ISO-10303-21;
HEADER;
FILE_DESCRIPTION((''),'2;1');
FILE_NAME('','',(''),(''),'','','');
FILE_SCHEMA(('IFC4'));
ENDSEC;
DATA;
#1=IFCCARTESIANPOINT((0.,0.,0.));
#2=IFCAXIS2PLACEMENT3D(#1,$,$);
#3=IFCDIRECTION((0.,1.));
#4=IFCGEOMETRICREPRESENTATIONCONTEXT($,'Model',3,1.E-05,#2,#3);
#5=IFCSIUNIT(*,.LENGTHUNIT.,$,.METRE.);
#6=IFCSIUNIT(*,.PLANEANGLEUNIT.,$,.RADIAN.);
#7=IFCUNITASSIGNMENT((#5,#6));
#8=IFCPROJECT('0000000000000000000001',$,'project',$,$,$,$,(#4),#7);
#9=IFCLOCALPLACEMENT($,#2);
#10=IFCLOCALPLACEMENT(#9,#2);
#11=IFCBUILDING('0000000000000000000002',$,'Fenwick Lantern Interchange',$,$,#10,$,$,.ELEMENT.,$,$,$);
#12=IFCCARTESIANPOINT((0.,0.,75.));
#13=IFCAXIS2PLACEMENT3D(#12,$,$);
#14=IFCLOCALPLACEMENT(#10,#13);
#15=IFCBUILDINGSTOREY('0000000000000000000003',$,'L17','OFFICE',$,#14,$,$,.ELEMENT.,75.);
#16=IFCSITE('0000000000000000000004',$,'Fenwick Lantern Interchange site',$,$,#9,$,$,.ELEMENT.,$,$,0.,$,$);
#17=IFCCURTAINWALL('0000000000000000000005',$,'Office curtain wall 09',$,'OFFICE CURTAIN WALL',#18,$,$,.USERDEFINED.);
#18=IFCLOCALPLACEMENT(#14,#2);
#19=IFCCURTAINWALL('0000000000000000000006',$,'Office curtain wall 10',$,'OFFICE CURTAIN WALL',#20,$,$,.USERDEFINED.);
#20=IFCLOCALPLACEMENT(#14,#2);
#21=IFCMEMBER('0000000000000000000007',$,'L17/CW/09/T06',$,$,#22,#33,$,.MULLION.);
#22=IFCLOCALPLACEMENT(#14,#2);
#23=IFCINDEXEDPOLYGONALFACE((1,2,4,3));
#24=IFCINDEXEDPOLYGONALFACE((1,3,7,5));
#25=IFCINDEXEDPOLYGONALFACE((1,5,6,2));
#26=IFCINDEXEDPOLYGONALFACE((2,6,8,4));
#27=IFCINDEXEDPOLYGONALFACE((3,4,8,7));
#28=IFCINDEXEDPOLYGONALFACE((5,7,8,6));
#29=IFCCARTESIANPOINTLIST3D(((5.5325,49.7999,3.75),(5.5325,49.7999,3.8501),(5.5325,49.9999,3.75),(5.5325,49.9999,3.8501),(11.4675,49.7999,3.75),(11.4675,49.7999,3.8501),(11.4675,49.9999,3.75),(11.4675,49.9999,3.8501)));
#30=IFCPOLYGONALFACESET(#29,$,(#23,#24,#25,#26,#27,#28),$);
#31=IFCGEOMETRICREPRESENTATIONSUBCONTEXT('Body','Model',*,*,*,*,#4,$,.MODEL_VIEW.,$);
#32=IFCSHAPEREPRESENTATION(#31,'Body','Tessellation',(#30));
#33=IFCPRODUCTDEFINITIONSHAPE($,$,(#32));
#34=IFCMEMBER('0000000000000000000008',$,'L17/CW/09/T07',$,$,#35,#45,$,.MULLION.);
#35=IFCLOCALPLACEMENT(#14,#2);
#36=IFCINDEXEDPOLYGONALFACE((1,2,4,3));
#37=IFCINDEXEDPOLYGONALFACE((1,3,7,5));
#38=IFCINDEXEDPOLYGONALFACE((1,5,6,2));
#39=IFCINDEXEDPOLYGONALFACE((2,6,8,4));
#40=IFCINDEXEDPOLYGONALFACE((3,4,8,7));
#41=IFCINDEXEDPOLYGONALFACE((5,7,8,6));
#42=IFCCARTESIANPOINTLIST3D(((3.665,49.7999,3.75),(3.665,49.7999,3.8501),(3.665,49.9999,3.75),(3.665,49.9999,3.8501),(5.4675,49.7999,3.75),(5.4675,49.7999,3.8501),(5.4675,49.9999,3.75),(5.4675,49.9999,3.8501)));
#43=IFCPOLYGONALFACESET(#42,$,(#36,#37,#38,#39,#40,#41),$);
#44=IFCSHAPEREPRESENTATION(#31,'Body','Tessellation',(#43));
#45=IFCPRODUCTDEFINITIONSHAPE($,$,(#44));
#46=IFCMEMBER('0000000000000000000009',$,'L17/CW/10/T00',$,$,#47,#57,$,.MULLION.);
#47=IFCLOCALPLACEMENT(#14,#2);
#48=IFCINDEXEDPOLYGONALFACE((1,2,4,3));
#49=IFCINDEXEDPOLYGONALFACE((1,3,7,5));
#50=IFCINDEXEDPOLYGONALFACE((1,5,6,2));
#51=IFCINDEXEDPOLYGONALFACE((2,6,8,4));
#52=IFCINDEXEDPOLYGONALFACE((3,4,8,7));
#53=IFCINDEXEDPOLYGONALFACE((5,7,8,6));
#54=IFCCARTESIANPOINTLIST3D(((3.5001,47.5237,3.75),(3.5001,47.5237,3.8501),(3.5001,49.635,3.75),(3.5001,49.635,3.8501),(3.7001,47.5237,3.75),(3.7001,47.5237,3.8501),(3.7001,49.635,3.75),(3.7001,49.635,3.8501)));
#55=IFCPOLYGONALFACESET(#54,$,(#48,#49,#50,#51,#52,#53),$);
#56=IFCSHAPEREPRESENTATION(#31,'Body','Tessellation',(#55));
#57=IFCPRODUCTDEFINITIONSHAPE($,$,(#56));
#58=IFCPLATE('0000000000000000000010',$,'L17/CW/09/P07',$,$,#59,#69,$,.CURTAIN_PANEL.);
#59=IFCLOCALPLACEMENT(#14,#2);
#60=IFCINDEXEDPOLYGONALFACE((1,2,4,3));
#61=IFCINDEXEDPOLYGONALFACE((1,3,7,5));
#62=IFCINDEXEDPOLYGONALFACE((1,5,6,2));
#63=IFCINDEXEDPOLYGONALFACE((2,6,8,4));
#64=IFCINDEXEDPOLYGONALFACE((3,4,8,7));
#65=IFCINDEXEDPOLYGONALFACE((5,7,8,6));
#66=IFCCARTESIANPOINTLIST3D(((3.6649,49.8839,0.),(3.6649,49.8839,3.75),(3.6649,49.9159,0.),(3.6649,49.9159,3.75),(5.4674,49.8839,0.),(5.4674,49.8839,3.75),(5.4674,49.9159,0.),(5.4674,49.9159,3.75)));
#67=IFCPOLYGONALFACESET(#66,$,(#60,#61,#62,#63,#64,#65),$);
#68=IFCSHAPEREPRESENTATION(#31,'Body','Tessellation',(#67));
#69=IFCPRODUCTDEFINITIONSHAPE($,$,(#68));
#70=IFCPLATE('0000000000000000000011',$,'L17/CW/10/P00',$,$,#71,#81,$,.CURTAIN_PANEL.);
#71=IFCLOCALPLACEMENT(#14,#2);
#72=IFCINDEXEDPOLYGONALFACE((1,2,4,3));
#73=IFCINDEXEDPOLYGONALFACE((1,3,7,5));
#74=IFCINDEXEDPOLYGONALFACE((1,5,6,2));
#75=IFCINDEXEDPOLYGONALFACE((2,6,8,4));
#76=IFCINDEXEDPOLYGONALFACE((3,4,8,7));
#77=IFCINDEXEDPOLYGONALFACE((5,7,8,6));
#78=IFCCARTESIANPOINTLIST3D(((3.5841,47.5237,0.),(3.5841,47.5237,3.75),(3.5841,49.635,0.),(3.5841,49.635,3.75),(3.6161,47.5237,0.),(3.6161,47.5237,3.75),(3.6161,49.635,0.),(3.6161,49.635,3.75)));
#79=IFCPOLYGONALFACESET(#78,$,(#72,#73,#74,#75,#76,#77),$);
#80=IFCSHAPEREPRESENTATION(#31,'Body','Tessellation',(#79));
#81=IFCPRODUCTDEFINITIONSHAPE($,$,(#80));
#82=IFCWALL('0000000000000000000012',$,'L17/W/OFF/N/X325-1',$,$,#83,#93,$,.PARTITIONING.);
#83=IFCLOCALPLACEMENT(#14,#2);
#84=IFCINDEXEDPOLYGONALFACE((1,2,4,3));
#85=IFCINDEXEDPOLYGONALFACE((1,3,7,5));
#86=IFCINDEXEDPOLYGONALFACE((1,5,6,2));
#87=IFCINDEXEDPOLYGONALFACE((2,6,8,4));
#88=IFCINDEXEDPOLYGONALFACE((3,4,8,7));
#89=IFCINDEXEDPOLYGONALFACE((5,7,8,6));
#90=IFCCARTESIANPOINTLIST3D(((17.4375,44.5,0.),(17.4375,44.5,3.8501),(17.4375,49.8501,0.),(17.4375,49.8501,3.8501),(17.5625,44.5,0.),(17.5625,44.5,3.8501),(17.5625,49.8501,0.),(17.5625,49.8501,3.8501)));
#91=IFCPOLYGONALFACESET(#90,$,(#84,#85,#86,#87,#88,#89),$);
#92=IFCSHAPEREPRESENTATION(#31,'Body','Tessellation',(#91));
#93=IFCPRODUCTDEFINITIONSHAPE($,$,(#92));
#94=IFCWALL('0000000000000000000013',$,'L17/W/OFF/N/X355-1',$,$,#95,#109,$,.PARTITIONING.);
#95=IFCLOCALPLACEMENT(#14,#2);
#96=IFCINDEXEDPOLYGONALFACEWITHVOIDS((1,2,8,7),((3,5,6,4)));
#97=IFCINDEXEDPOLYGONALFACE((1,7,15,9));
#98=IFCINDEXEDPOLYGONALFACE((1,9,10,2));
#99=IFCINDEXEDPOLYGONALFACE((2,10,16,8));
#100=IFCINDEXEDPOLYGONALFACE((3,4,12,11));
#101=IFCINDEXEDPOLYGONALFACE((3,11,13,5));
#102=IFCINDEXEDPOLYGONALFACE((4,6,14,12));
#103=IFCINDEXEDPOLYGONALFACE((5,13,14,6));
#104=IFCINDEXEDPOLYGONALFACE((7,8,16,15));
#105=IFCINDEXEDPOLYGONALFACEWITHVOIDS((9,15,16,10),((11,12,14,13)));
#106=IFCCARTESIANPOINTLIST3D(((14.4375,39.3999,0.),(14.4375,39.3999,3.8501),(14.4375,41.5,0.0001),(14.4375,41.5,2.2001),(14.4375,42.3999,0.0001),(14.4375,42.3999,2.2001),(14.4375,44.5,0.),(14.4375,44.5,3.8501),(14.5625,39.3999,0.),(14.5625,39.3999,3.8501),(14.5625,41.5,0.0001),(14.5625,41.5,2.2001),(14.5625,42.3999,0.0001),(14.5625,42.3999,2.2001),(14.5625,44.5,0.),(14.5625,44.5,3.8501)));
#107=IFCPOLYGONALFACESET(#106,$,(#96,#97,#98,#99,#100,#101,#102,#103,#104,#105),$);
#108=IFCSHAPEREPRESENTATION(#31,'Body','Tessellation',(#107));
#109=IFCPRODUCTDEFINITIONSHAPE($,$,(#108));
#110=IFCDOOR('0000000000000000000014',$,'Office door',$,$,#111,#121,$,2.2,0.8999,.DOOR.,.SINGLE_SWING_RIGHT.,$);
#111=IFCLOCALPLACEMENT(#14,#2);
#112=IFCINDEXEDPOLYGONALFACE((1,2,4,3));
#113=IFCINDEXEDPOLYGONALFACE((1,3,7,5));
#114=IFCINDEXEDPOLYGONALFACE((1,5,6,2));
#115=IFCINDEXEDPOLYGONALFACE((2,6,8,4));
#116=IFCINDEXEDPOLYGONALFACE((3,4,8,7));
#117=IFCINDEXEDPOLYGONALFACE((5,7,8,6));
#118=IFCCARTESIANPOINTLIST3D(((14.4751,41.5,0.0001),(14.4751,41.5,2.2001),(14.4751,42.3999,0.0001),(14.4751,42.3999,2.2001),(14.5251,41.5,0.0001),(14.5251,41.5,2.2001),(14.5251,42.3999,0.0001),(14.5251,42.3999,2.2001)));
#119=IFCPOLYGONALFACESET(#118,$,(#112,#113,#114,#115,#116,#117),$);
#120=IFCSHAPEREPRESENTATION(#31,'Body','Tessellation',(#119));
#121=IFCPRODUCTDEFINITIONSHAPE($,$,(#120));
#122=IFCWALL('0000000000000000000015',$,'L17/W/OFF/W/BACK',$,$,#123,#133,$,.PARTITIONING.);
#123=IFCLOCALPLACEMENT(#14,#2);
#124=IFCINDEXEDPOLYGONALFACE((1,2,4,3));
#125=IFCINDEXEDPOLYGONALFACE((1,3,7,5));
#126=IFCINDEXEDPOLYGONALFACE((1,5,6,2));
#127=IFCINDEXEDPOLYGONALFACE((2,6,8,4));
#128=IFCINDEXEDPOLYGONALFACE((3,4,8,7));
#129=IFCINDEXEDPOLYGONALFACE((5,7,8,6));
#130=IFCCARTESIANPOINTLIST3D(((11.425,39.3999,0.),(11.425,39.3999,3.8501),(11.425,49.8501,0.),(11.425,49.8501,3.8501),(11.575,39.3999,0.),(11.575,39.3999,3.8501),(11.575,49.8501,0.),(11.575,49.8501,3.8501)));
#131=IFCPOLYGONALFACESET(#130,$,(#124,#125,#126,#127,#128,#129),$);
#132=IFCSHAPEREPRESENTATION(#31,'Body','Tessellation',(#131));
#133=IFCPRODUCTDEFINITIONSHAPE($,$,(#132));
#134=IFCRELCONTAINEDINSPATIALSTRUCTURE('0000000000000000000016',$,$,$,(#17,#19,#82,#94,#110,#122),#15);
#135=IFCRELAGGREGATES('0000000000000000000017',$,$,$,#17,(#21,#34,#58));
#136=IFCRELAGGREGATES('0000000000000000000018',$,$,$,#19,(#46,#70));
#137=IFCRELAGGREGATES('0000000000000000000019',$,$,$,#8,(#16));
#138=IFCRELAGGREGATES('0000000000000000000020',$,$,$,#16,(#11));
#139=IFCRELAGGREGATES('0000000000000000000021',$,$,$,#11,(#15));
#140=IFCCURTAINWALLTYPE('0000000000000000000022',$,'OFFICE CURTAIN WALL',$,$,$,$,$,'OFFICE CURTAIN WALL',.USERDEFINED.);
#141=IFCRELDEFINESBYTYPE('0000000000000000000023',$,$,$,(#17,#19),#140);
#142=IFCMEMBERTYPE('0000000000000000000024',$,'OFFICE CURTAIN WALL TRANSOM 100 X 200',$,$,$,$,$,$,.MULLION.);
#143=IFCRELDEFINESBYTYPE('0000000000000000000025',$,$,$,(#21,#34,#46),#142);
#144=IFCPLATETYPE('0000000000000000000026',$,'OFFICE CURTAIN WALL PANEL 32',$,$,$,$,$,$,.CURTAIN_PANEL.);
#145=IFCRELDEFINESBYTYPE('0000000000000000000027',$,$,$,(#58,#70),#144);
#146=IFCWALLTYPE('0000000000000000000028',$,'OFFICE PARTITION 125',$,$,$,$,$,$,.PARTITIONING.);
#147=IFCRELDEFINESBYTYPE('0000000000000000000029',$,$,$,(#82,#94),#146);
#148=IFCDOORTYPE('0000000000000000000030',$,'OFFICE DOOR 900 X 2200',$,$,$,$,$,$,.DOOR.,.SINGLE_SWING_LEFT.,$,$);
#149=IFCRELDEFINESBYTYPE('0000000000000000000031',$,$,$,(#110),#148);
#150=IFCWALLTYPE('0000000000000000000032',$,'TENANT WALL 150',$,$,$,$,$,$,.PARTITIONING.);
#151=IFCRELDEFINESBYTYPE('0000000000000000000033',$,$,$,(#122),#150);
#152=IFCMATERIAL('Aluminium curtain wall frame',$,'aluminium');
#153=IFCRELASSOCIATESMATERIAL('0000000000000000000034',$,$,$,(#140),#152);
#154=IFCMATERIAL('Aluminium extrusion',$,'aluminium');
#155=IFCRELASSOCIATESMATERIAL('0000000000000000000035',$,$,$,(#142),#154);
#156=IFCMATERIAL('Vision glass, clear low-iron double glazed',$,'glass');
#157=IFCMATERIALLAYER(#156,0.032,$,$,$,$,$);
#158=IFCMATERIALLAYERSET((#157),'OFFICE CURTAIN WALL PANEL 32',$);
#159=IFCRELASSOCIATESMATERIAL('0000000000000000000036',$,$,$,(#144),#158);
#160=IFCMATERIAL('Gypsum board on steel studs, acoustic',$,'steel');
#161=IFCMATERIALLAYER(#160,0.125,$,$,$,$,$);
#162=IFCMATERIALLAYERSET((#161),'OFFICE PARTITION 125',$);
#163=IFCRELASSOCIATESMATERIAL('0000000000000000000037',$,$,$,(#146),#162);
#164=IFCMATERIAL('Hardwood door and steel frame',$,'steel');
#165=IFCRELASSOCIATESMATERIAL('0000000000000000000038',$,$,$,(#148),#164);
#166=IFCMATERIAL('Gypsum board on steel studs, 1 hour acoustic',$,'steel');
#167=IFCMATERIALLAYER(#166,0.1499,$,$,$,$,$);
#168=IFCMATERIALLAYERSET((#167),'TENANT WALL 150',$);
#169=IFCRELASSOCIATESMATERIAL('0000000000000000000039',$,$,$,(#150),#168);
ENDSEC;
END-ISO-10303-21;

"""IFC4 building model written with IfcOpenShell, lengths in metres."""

from ifc_helpers import new_model, si_unit, direction, frame, frame_2d, origin, origin_2d, place, context, subcontext, project, spatial, rectangle, extrude, material, layer, layer_set, material_profile, profile_set, type_object, element, fill, aggregate, save


model = new_model("IFC4")

# Units and contexts
model_context = context("Model", 3, precision=1e-05, world=origin(), true_north=direction((0.0, 1.0)))
body_context = subcontext(model_context, "Body", "Model", "MODEL_VIEW")
ifc_project = project(units=[si_unit("LENGTHUNIT", "METRE"), si_unit("PLANEANGLEUNIT", "RADIAN")], contexts=[model_context])

# Site, building, storey
site_placement = place(None, origin())
site = spatial("IfcSite", under=ifc_project, at=site_placement, Name="Fenwick Lantern Interchange site", CompositionType="ELEMENT", RefElevation=0.0)
building_placement = place(site_placement, origin())
building = spatial("IfcBuilding", under=site, at=building_placement, Name="Fenwick Lantern Interchange", CompositionType="ELEMENT")
storey_placement = place(building_placement, frame((0.0, 0.0, 75.0)))
storey = spatial("IfcBuildingStorey", under=building, at=storey_placement, Name="L17", Description="OFFICE", CompositionType="ELEMENT", Elevation=75.0)

# Curtain wall
ifc_material_1 = material(Name="Aluminium curtain wall frame", Category="aluminium")
curtain_wall_type = type_object("IfcCurtainWallType", Name="OFFICE CURTAIN WALL", ElementType="OFFICE CURTAIN WALL", PredefinedType="USERDEFINED", material=ifc_material_1)
curtain_wall_1_placement = place(storey_placement, origin())
curtain_wall_1 = element("IfcCurtainWall", 1, at=curtain_wall_1_placement, inside=storey, type_object=curtain_wall_type, Name="Office curtain wall 09", ObjectType="OFFICE CURTAIN WALL", PredefinedType="USERDEFINED")
ifc_material_2 = material(Name="Aluminium extrusion", Category="aluminium")

# Curtain wall
curtain_wall_2_placement = place(storey_placement, origin())
curtain_wall_2 = element("IfcCurtainWall", 2, at=curtain_wall_2_placement, inside=storey, type_object=curtain_wall_type, Name="Office curtain wall 10", ObjectType="OFFICE CURTAIN WALL", PredefinedType="USERDEFINED")

# Members
ifc_material_profile_1 = material_profile(ifc_material_2, rectangle(XDim=0.2, YDim=0.1001, at=origin_2d()), Name="OFFICE CURTAIN WALL TRANSOM 100 X 200")
ifc_profile_set_1 = profile_set([ifc_material_profile_1], Name="Aluminium extrusion")
member_type_1 = type_object("IfcMemberType", Name="OFFICE CURTAIN WALL TRANSOM 100 X 200", PredefinedType="MULLION", material=ifc_profile_set_1)
member_1_placement = place(storey_placement, frame((11.4675, 49.8999, 3.8), z_axis=(-1.0, 0.0, 0.0), x_axis=(0.0, -1.0, 0.0)))
member_1 = element("IfcMember", 3, at=member_1_placement, type_object=member_type_1, Name="L17/CW/09/T06", PredefinedType="MULLION", context=body_context, shape_type="SweptSolid", body=[
    extrude(rectangle(XDim=0.2, YDim=0.1001, at=origin_2d()), origin(), (0.0, 0.0, 1.0), 5.9351),
])
member_2_placement = place(storey_placement, frame((5.4675, 49.8999, 3.8), z_axis=(-1.0, 0.0, 0.0), x_axis=(0.0, -1.0, 0.0)))
member_2 = element("IfcMember", 4, at=member_2_placement, type_object=member_type_1, Name="L17/CW/09/T07", PredefinedType="MULLION", context=body_context, shape_type="SweptSolid", body=[
    extrude(rectangle(XDim=0.2, YDim=0.1001, at=origin_2d()), origin(), (0.0, 0.0, 1.0), 1.8025),
])
member_3_placement = place(storey_placement, frame((3.6001, 49.635, 3.8), z_axis=(0.0, -1.0, 0.0), x_axis=(1.0, 0.0, 0.0)))
member_3 = element("IfcMember", 5, at=member_3_placement, type_object=member_type_1, Name="L17/CW/10/T00", PredefinedType="MULLION", context=body_context, shape_type="SweptSolid", body=[
    extrude(rectangle(XDim=0.2, YDim=0.1001, at=origin_2d()), origin(), (0.0, 0.0, 1.0), 2.1113),
])

# Plates
ifc_material_3 = material(Name="Vision glass, clear low-iron double glazed", Category="glass")
ifc_layer_1 = layer(ifc_material_3, 0.032)
ifc_layer_set_1 = layer_set([ifc_layer_1], Name="OFFICE CURTAIN WALL PANEL 32")
plate_type = type_object("IfcPlateType", Name="OFFICE CURTAIN WALL PANEL 32", PredefinedType="CURTAIN_PANEL", material=ifc_layer_set_1)
plate_1_placement = place(storey_placement, frame((4.5662, 49.8999, 0.0), z_axis=(0.0, 0.0, 1.0), x_axis=(-1.0, 0.0, 0.0)))
plate_1 = element("IfcPlate", 6, at=plate_1_placement, type_object=plate_type, Name="L17/CW/09/P07", PredefinedType="CURTAIN_PANEL", context=body_context, shape_type="SweptSolid", body=[
    extrude(rectangle(XDim=1.8025, YDim=0.032, at=origin_2d()), origin(), (0.0, 0.0, 1.0), 3.75),
])
aggregate(curtain_wall_1, [member_1, member_2, plate_1])
plate_2_placement = place(storey_placement, frame((3.6001, 48.5793, 0.0), z_axis=(0.0, 0.0, 1.0), x_axis=(0.0, -1.0, 0.0)))
plate_2 = element("IfcPlate", 7, at=plate_2_placement, type_object=plate_type, Name="L17/CW/10/P00", PredefinedType="CURTAIN_PANEL", context=body_context, shape_type="SweptSolid", body=[
    extrude(rectangle(XDim=2.1113, YDim=0.032, at=origin_2d()), origin(), (0.0, 0.0, 1.0), 3.75),
])
aggregate(curtain_wall_2, [member_3, plate_2])

# Wall
ifc_material_4 = material(Name="Gypsum board on steel studs, acoustic", Category="steel")
ifc_layer_2 = layer(ifc_material_4, 0.125)
ifc_layer_set_2 = layer_set([ifc_layer_2], Name="OFFICE PARTITION 125")
wall_type_1 = type_object("IfcWallType", Name="OFFICE PARTITION 125", PredefinedType="PARTITIONING", material=ifc_layer_set_2)
wall_1_placement = place(storey_placement, frame((17.5, 49.8501, 0.0), z_axis=(0.0, 0.0, 1.0), x_axis=(0.0, -1.0, 0.0)))
element("IfcWall", 8, at=wall_1_placement, inside=storey, type_object=wall_type_1, Name="L17/W/OFF/N/X325-1", PredefinedType="PARTITIONING", context=body_context, shape_type="SweptSolid", body=[
    extrude(rectangle(XDim=5.3501, YDim=0.125, at=frame_2d((2.675, 0.0))), origin(), (0.0, 0.0, 1.0), 3.8501),
])

# Wall, opening, door
wall_2_placement = place(storey_placement, frame((14.5, 44.5, 0.0), z_axis=(0.0, 0.0, 1.0), x_axis=(0.0, -1.0, 0.0)))
wall_2 = element("IfcWall", 9, at=wall_2_placement, inside=storey, type_object=wall_type_1, Name="L17/W/OFF/N/X355-1", PredefinedType="PARTITIONING", context=body_context, shape_type="SweptSolid", body=[
    extrude(rectangle(XDim=5.1001, YDim=0.125, at=frame_2d((2.55, 0.0))), origin(), (0.0, 0.0, 1.0), 3.8501),
])
opening_placement = place(wall_2_placement, frame((2.1001, 0.0, 0.0)))
opening = element("IfcOpeningElement", 10, at=opening_placement, cuts=wall_2, PredefinedType="OPENING", context=body_context, shape_type="SweptSolid", body=[
    extrude(rectangle(XDim=0.8999, YDim=2.2, at=frame_2d((0.45, 1.1001))), frame((0.0, 0.0725, 0.0), z_axis=(0.0, -1.0, 0.0), x_axis=(1.0, 0.0, 0.0)), (0.0, 0.0, 1.0), 0.145),
])
ifc_material_5 = material(Name="Hardwood door and steel frame", Category="steel")
door_type = type_object("IfcDoorType", Name="OFFICE DOOR 900 X 2200", OperationType="SINGLE_SWING_LEFT", PredefinedType="DOOR", material=ifc_material_5)
door_placement = place(opening_placement, frame((0.8999, 0.0, 0.0), z_axis=(0.0, 0.0, 1.0), x_axis=(-1.0, 0.0, 0.0)))
door = element("IfcDoor", 11, at=door_placement, inside=storey, type_object=door_type, Name="Office door", OperationType="SINGLE_SWING_RIGHT", OverallHeight=2.2, OverallWidth=0.8999, PredefinedType="DOOR", context=body_context, shape_type="SweptSolid", body=[
    extrude(rectangle(XDim=0.8999, YDim=2.2, at=frame_2d((0.45, 1.1001))), frame((0.0, 0.0249, 0.0), z_axis=(0.0, -1.0, 0.0), x_axis=(1.0, 0.0, 0.0)), (0.0, 0.0, 1.0), 0.05),
])
fill(opening, door)

# Wall
ifc_material_6 = material(Name="Gypsum board on steel studs, 1 hour acoustic", Category="steel")
ifc_layer_3 = layer(ifc_material_6, 0.1499)
ifc_layer_set_3 = layer_set([ifc_layer_3], Name="TENANT WALL 150")
wall_type_2 = type_object("IfcWallType", Name="TENANT WALL 150", PredefinedType="PARTITIONING", material=ifc_layer_set_3)
wall_3_placement = place(storey_placement, frame((11.5, 49.8501, 0.0), z_axis=(0.0, 0.0, 1.0), x_axis=(0.0, -1.0, 0.0)))
element("IfcWall", 12, at=wall_3_placement, inside=storey, type_object=wall_type_2, Name="L17/W/OFF/W/BACK", PredefinedType="PARTITIONING", context=body_context, shape_type="SweptSolid", body=[
    extrude(rectangle(XDim=10.4502, YDim=0.1499, at=frame_2d((5.2251, 0.0))), origin(), (0.0, 0.0, 1.0), 3.8501),
])

save(model, "model.ifc")
